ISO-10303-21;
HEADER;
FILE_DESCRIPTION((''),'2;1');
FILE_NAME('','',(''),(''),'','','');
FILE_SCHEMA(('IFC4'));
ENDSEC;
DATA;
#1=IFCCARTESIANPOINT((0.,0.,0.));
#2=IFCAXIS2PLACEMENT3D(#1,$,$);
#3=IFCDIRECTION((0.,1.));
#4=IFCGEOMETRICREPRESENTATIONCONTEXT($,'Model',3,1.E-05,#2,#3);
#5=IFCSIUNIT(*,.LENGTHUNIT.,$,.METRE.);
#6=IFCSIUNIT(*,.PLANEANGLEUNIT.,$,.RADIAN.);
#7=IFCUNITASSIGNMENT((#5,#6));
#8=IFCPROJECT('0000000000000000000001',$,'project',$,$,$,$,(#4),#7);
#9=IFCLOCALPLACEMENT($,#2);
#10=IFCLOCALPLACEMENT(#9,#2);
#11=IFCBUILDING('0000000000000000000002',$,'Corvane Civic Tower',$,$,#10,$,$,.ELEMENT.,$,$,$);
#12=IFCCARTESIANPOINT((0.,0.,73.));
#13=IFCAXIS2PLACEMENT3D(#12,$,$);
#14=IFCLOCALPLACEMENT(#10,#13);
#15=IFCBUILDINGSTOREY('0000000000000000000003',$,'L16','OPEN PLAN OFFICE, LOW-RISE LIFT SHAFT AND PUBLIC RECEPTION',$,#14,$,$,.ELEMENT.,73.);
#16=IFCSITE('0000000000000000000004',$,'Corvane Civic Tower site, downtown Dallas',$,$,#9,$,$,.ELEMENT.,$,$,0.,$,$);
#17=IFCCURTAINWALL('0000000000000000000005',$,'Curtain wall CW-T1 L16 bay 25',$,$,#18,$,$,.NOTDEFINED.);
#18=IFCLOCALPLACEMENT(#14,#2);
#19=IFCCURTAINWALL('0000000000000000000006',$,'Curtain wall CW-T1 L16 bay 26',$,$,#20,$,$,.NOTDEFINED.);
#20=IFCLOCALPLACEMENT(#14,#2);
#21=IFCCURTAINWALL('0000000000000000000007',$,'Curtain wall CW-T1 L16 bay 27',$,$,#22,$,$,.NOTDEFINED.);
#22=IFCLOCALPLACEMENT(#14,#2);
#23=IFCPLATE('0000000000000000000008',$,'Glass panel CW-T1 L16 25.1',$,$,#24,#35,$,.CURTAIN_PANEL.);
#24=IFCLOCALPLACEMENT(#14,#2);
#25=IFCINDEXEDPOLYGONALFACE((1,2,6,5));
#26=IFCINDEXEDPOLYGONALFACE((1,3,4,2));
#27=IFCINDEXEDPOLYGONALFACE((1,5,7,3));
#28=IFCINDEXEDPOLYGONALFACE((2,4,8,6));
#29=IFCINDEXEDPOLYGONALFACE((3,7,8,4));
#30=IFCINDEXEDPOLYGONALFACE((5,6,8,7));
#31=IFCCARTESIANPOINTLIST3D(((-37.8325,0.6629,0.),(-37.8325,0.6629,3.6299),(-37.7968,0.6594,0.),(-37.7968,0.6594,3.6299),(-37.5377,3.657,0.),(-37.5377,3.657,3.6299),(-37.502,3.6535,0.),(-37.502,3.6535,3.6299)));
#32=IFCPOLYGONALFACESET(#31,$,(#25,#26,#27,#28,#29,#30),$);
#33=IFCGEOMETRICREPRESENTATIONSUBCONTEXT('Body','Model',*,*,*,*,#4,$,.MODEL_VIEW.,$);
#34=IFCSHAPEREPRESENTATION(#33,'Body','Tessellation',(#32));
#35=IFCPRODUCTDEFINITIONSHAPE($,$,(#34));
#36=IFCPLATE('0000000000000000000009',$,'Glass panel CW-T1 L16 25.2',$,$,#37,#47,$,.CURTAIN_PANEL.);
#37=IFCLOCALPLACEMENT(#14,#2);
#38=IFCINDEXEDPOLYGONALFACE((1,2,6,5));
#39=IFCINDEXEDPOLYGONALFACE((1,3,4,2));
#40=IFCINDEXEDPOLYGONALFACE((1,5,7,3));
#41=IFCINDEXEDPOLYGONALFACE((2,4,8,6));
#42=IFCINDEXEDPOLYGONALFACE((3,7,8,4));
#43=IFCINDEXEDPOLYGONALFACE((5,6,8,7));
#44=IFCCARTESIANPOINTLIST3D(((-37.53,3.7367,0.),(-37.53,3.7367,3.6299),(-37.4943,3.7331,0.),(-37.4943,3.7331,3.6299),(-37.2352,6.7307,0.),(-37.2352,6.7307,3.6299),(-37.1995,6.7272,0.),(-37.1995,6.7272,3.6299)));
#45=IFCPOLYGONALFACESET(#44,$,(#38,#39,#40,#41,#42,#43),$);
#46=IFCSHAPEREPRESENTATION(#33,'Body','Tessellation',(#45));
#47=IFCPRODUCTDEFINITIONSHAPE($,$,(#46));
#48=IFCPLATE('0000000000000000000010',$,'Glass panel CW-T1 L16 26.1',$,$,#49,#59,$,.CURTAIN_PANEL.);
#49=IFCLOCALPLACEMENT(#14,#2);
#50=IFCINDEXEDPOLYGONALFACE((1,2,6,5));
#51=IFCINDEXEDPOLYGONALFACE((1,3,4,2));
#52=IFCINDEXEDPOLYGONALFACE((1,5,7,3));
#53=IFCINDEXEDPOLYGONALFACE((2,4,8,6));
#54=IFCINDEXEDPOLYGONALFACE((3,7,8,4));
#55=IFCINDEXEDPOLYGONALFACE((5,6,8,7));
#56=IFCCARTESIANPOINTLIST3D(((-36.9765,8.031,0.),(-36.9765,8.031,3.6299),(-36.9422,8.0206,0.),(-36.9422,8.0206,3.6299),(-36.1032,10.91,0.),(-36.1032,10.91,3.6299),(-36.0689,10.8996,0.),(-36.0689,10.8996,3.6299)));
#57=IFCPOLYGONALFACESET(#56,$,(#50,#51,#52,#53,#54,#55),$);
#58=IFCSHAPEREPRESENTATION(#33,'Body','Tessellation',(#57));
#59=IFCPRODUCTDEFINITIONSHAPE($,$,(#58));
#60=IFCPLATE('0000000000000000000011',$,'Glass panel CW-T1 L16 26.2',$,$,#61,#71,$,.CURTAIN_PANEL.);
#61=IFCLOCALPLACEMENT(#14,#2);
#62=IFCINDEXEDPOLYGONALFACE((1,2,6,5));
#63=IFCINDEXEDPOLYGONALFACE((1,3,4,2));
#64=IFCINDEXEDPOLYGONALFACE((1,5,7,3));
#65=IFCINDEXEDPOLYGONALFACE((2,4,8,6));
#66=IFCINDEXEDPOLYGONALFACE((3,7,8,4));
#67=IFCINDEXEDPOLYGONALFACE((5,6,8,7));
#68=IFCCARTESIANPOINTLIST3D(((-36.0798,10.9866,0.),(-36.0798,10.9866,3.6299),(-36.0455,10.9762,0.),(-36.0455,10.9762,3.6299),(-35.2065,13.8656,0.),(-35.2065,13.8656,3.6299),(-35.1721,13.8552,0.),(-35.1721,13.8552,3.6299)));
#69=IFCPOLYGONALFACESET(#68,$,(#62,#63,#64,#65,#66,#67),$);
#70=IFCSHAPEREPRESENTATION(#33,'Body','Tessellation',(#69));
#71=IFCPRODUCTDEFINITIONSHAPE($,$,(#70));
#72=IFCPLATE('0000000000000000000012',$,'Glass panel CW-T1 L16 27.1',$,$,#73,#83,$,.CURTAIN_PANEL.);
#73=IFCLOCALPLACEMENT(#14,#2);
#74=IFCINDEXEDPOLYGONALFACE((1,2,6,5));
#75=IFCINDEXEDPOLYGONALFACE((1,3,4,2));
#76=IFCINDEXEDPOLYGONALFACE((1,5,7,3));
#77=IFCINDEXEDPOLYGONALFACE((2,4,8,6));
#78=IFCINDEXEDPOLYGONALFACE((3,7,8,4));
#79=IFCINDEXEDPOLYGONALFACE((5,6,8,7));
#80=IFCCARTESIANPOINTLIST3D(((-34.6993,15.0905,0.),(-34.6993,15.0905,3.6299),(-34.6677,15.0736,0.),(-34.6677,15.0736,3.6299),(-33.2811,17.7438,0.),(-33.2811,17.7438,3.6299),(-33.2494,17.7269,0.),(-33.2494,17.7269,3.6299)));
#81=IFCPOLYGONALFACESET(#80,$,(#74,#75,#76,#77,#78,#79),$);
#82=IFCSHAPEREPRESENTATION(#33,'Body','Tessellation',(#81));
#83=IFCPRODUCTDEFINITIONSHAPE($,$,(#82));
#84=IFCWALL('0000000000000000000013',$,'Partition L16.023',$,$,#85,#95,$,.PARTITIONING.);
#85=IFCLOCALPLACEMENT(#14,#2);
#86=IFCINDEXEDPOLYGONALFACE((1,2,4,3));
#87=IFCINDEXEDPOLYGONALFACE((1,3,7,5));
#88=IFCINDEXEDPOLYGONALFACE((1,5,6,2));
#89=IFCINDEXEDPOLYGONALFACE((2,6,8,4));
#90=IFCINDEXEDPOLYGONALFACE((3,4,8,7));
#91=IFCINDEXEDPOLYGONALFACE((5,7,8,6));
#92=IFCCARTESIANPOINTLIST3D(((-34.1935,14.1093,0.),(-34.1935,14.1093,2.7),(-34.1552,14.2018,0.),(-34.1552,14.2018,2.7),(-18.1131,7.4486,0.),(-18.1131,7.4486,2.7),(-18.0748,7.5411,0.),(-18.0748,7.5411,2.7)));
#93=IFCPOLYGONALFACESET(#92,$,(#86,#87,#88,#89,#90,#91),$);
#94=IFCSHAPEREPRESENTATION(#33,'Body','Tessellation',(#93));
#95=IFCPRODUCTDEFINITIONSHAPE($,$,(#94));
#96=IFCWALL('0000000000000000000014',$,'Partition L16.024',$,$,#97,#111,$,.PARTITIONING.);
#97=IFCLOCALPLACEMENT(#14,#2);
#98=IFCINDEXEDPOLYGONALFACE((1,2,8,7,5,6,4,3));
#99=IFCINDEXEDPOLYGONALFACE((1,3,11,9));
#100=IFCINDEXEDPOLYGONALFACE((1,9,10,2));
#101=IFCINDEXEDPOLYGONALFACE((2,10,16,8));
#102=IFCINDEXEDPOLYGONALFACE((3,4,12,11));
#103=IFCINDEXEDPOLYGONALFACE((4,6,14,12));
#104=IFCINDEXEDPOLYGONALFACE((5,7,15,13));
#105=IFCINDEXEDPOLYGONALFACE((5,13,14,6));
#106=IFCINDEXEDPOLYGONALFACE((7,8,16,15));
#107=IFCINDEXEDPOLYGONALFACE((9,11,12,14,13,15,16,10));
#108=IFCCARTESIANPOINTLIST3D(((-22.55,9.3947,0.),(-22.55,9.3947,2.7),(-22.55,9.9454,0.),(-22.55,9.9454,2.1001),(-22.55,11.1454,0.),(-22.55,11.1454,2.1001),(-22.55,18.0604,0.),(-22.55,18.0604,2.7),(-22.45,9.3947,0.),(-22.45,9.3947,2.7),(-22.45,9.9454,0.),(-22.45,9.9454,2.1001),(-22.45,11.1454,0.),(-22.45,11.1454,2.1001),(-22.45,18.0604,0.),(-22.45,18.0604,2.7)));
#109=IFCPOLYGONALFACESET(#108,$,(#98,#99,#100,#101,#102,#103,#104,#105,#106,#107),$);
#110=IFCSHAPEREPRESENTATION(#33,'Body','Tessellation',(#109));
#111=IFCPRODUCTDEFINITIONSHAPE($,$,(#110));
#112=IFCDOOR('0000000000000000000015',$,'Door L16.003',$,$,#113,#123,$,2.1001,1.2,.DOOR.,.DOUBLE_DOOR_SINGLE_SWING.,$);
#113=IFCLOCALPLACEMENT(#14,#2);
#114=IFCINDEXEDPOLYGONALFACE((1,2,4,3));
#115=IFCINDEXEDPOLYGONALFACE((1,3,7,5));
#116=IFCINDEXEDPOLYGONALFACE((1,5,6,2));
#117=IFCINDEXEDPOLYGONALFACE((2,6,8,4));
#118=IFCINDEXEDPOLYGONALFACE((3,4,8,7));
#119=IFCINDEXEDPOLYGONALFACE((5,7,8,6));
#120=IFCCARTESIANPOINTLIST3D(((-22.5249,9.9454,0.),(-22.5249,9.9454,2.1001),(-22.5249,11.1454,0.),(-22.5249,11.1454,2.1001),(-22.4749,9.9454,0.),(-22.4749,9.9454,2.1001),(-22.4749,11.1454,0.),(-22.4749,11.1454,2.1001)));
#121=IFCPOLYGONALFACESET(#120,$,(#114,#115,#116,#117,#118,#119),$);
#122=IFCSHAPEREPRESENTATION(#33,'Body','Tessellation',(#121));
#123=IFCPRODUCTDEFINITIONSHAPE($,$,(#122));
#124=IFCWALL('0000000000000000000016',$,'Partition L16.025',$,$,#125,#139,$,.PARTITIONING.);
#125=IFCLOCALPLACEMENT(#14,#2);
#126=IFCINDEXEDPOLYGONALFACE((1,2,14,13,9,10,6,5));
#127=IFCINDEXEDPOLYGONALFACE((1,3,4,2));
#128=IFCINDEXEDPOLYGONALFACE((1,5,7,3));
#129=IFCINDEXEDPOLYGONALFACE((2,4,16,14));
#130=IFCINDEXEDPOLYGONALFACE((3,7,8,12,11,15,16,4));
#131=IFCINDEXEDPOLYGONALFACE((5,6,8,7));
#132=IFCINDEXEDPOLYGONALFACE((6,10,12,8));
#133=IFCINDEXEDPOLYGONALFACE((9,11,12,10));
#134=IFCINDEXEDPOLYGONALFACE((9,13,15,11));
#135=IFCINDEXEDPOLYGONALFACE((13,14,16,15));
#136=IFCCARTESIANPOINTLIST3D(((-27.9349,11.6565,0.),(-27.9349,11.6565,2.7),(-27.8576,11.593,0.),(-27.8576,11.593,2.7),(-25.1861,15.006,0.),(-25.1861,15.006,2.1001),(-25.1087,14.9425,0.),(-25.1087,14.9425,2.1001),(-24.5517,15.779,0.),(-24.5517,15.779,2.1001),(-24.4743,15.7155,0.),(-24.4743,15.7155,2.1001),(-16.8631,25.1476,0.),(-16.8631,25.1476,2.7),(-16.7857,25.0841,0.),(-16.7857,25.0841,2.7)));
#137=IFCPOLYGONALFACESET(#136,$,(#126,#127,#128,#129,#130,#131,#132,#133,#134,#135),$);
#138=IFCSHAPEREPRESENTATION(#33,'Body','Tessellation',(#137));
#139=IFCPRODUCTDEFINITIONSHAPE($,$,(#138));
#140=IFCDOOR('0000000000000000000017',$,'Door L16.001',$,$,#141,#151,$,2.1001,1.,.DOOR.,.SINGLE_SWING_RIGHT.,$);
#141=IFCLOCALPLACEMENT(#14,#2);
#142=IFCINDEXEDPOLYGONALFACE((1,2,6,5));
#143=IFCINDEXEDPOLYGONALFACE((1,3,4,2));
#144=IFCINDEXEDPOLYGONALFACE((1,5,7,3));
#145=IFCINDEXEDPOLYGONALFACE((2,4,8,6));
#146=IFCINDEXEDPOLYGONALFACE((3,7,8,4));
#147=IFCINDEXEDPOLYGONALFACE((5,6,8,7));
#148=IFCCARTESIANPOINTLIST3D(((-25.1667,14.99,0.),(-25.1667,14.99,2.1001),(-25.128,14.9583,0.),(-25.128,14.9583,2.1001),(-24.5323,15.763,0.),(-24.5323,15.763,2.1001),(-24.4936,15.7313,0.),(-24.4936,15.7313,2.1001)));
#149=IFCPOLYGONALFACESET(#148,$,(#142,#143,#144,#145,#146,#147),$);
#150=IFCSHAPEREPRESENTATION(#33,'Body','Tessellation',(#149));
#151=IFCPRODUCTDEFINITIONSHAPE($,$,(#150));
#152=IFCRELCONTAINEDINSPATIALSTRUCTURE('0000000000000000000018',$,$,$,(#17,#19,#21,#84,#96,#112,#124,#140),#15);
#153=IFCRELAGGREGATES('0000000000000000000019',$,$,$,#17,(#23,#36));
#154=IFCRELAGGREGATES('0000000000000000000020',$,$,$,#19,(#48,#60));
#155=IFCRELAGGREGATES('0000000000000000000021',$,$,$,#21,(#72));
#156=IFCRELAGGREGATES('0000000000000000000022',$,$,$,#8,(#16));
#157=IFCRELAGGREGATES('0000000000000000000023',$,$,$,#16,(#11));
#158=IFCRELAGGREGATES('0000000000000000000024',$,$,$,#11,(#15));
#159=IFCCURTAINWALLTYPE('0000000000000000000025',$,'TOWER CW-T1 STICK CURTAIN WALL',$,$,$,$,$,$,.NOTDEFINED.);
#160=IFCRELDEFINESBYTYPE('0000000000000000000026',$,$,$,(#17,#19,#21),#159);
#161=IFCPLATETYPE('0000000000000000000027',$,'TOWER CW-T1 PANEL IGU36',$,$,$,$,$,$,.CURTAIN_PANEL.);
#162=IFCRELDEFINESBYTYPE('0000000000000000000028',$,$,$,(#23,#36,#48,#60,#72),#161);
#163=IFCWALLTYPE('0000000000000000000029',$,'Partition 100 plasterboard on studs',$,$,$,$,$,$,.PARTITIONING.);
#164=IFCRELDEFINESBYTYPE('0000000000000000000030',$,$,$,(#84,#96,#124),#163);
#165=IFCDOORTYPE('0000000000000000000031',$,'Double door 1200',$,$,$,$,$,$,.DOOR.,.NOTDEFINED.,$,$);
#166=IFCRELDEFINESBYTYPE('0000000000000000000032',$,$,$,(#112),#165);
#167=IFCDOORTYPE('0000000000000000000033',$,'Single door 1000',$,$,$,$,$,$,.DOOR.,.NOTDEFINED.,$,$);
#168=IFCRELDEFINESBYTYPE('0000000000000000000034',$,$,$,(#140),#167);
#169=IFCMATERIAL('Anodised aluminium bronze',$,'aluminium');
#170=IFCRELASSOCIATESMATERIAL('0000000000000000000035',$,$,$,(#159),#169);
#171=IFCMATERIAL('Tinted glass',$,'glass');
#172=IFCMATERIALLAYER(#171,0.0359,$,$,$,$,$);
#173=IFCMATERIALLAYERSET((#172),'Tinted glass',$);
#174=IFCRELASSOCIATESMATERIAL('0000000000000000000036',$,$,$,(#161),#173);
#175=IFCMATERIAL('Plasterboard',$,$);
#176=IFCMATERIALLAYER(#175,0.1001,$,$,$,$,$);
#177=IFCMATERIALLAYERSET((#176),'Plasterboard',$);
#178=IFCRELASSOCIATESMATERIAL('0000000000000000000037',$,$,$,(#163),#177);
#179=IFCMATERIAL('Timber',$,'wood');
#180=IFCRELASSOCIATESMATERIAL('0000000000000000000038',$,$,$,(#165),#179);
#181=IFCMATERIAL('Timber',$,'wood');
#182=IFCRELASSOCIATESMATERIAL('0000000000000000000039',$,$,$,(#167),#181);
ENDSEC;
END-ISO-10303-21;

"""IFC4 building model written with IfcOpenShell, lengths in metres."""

from ifc_helpers import new_model, si_unit, direction, frame, frame_2d, origin, origin_2d, place, context, subcontext, project, spatial, rectangle, extrude, material, layer, layer_set, type_object, element, fill, aggregate, save


model = new_model("IFC4")

# Units and contexts
model_context = context("Model", 3, precision=1e-05, world=origin(), true_north=direction((0.0, 1.0)))
body_context = subcontext(model_context, "Body", "Model", "MODEL_VIEW")
ifc_project = project(units=[si_unit("LENGTHUNIT", "METRE"), si_unit("PLANEANGLEUNIT", "RADIAN")], contexts=[model_context])

# Site, building, storey
site_placement = place(None, origin())
site = spatial("IfcSite", under=ifc_project, at=site_placement, Name="Corvane Civic Tower site, downtown Dallas", CompositionType="ELEMENT", RefElevation=0.0)
building_placement = place(site_placement, origin())
building = spatial("IfcBuilding", under=site, at=building_placement, Name="Corvane Civic Tower", CompositionType="ELEMENT")
storey_placement = place(building_placement, frame((0.0, 0.0, 73.0)))
storey = spatial("IfcBuildingStorey", under=building, at=storey_placement, Name="L16", Description="OPEN PLAN OFFICE, LOW-RISE LIFT SHAFT AND PUBLIC RECEPTION", CompositionType="ELEMENT", Elevation=73.0)

# Curtain walls
ifc_material_1 = material(Name="Anodised aluminium bronze", Category="aluminium")
curtain_wall_type = type_object("IfcCurtainWallType", Name="TOWER CW-T1 STICK CURTAIN WALL", PredefinedType="NOTDEFINED", material=ifc_material_1)
curtain_wall_1_placement = place(storey_placement, origin())
curtain_wall_1 = element("IfcCurtainWall", 1, at=curtain_wall_1_placement, inside=storey, type_object=curtain_wall_type, Name="Curtain wall CW-T1 L16 bay 25", PredefinedType="NOTDEFINED")
curtain_wall_2_placement = place(storey_placement, origin())
curtain_wall_2 = element("IfcCurtainWall", 2, at=curtain_wall_2_placement, inside=storey, type_object=curtain_wall_type, Name="Curtain wall CW-T1 L16 bay 26", PredefinedType="NOTDEFINED")
curtain_wall_3_placement = place(storey_placement, origin())
curtain_wall_3 = element("IfcCurtainWall", 3, at=curtain_wall_3_placement, inside=storey, type_object=curtain_wall_type, Name="Curtain wall CW-T1 L16 bay 27", PredefinedType="NOTDEFINED")

# Plates
ifc_material_2 = material(Name="Tinted glass", Category="glass")
ifc_layer_1 = layer(ifc_material_2, 0.0359)
ifc_layer_set_1 = layer_set([ifc_layer_1], Name="Tinted glass")
plate_type = type_object("IfcPlateType", Name="TOWER CW-T1 PANEL IGU36", PredefinedType="CURTAIN_PANEL", material=ifc_layer_set_1)
plate_1_placement = place(storey_placement, frame((-37.6672, 2.1582, 0.0), z_axis=(0.0, 0.0, 1.0), x_axis=(0.098006, 0.995186, 0.0)))
plate_1 = element("IfcPlate", 4, at=plate_1_placement, type_object=plate_type, Name="Glass panel CW-T1 L16 25.1", PredefinedType="CURTAIN_PANEL", context=body_context, shape_type="SweptSolid", body=[
    extrude(rectangle(XDim=3.0085, YDim=0.0359, at=origin_2d()), origin(), (0.0, 0.0, 1.0), 3.6299),
])
plate_2_placement = place(storey_placement, frame((-37.3647, 5.2319, 0.0), z_axis=(0.0, 0.0, 1.0), x_axis=(0.098006, 0.995186, 0.0)))
plate_2 = element("IfcPlate", 5, at=plate_2_placement, type_object=plate_type, Name="Glass panel CW-T1 L16 25.2", PredefinedType="CURTAIN_PANEL", context=body_context, shape_type="SweptSolid", body=[
    extrude(rectangle(XDim=3.0085, YDim=0.0359, at=origin_2d()), origin(), (0.0, 0.0, 1.0), 3.6299),
])
aggregate(curtain_wall_1, [plate_1, plate_2])
plate_3_placement = place(storey_placement, frame((-36.5227, 9.4653, 0.0), z_axis=(0.0, 0.0, 1.0), x_axis=(0.290278, 0.956942, 0.0)))
plate_3 = element("IfcPlate", 6, at=plate_3_placement, type_object=plate_type, Name="Glass panel CW-T1 L16 26.1", PredefinedType="CURTAIN_PANEL", context=body_context, shape_type="SweptSolid", body=[
    extrude(rectangle(XDim=3.0085, YDim=0.0359, at=origin_2d()), origin(), (0.0, 0.0, 1.0), 3.6299),
])
plate_4_placement = place(storey_placement, frame((-35.626, 12.4209, 0.0), z_axis=(0.0, 0.0, 1.0), x_axis=(0.290278, 0.956942, 0.0)))
plate_4 = element("IfcPlate", 7, at=plate_4_placement, type_object=plate_type, Name="Glass panel CW-T1 L16 26.2", PredefinedType="CURTAIN_PANEL", context=body_context, shape_type="SweptSolid", body=[
    extrude(rectangle(XDim=3.0085, YDim=0.0359, at=origin_2d()), origin(), (0.0, 0.0, 1.0), 3.6299),
])
aggregate(curtain_wall_2, [plate_3, plate_4])
plate_5_placement = place(storey_placement, frame((-33.9744, 16.4087, 0.0), z_axis=(0.0, 0.0, 1.0), x_axis=(0.471404, 0.881918, 0.0)))
plate_5 = element("IfcPlate", 8, at=plate_5_placement, type_object=plate_type, Name="Glass panel CW-T1 L16 27.1", PredefinedType="CURTAIN_PANEL", context=body_context, shape_type="SweptSolid", body=[
    extrude(rectangle(XDim=3.0085, YDim=0.0359, at=origin_2d()), origin(), (0.0, 0.0, 1.0), 3.6299),
])
aggregate(curtain_wall_3, [plate_5])

# Wall
ifc_material_3 = material(Name="Plasterboard")
ifc_layer_2 = layer(ifc_material_3, 0.1001)
ifc_layer_set_2 = layer_set([ifc_layer_2], Name="Plasterboard")
wall_type = type_object("IfcWallType", Name="Partition 100 plasterboard on studs", PredefinedType="PARTITIONING", material=ifc_layer_set_2)
wall_1_placement = place(storey_placement, frame((-34.1743, 14.1555, 0.0), z_axis=(0.0, 0.0, 1.0), x_axis=(0.92388, -0.382681, 0.0)))
element("IfcWall", 9, at=wall_1_placement, inside=storey, type_object=wall_type, Name="Partition L16.023", PredefinedType="PARTITIONING", context=body_context, shape_type="SweptSolid", body=[
    extrude(rectangle(XDim=17.4053, YDim=0.1001, at=frame_2d((8.7026, 0.0))), origin(), (0.0, 0.0, 1.0), 2.7),
])

# Walls, openings, doors
wall_2_placement = place(storey_placement, frame((-22.5, 9.3945, 0.0), z_axis=(0.0, 0.0, 1.0), x_axis=(0.0, 1.0, 0.0)))
wall_2 = element("IfcWall", 10, at=wall_2_placement, inside=storey, type_object=wall_type, Name="Partition L16.024", PredefinedType="PARTITIONING", context=body_context, shape_type="SweptSolid", body=[
    extrude(rectangle(XDim=8.6658, YDim=0.1001, at=frame_2d((4.333, 0.0))), origin(), (0.0, 0.0, 1.0), 2.7),
])
opening_1_placement = place(wall_2_placement, frame((0.5508, 0.0, 0.0)))
opening_1 = element("IfcOpeningElement", 11, at=opening_1_placement, cuts=wall_2, PredefinedType="OPENING", context=body_context, shape_type="SweptSolid", body=[
    extrude(rectangle(XDim=1.2, YDim=2.1001, at=frame_2d((0.6001, 1.05))), frame((0.0, 0.0601, 0.0), z_axis=(0.0, -1.0, 0.0), x_axis=(1.0, 0.0, 0.0)), (0.0, 0.0, 1.0), 0.1201),
])
ifc_material_4 = material(Name="Timber", Category="wood")
door_type_1 = type_object("IfcDoorType", Name="Double door 1200", OperationType="NOTDEFINED", PredefinedType="DOOR", material=ifc_material_4)
door_1_placement = place(opening_1_placement, origin())
door_1 = element("IfcDoor", 12, at=door_1_placement, inside=storey, type_object=door_type_1, Name="Door L16.003", OperationType="DOUBLE_DOOR_SINGLE_SWING", OverallHeight=2.1001, OverallWidth=1.2, PredefinedType="DOOR", context=body_context, shape_type="SweptSolid", body=[
    extrude(rectangle(XDim=1.2, YDim=2.1001, at=frame_2d((0.6001, 1.05))), frame((0.0, 0.0249, 0.0), z_axis=(0.0, -1.0, 0.0), x_axis=(1.0, 0.0, 0.0)), (0.0, 0.0, 1.0), 0.05),
])
fill(opening_1, door_1)
wall_3_placement = place(storey_placement, frame((-27.8962, 11.6248, 0.0), z_axis=(0.0, 0.0, 1.0), x_axis=(0.634394, 0.77301, 0.0)))
wall_3 = element("IfcWall", 13, at=wall_3_placement, inside=storey, type_object=wall_type, Name="Partition L16.025", PredefinedType="PARTITIONING", context=body_context, shape_type="SweptSolid", body=[
    extrude(rectangle(XDim=17.4526, YDim=0.1001, at=frame_2d((8.7263, 0.0))), origin(), (0.0, 0.0, 1.0), 2.7),
])
opening_2_placement = place(wall_3_placement, frame((4.333, 0.0, 0.0)))
opening_2 = element("IfcOpeningElement", 14, at=opening_2_placement, cuts=wall_3, PredefinedType="OPENING", context=body_context, shape_type="SweptSolid", body=[
    extrude(rectangle(XDim=1.0, YDim=2.1001, at=frame_2d((0.5, 1.05))), frame((0.0, 0.0601, 0.0), z_axis=(0.0, -1.0, 0.0), x_axis=(1.0, 0.0, 0.0)), (0.0, 0.0, 1.0), 0.1201),
])
ifc_material_5 = material(Name="Timber", Category="wood")
door_type_2 = type_object("IfcDoorType", Name="Single door 1000", OperationType="NOTDEFINED", PredefinedType="DOOR", material=ifc_material_5)
door_2_placement = place(opening_2_placement, origin())
door_2 = element("IfcDoor", 15, at=door_2_placement, inside=storey, type_object=door_type_2, Name="Door L16.001", OperationType="SINGLE_SWING_RIGHT", OverallHeight=2.1001, OverallWidth=1.0, PredefinedType="DOOR", context=body_context, shape_type="SweptSolid", body=[
    extrude(rectangle(XDim=1.0, YDim=2.1001, at=frame_2d((0.5, 1.05))), frame((0.0, 0.0249, 0.0), z_axis=(0.0, -1.0, 0.0), x_axis=(1.0, 0.0, 0.0)), (0.0, 0.0, 1.0), 0.05),
])
fill(opening_2, door_2)

save(model, "model.ifc")
